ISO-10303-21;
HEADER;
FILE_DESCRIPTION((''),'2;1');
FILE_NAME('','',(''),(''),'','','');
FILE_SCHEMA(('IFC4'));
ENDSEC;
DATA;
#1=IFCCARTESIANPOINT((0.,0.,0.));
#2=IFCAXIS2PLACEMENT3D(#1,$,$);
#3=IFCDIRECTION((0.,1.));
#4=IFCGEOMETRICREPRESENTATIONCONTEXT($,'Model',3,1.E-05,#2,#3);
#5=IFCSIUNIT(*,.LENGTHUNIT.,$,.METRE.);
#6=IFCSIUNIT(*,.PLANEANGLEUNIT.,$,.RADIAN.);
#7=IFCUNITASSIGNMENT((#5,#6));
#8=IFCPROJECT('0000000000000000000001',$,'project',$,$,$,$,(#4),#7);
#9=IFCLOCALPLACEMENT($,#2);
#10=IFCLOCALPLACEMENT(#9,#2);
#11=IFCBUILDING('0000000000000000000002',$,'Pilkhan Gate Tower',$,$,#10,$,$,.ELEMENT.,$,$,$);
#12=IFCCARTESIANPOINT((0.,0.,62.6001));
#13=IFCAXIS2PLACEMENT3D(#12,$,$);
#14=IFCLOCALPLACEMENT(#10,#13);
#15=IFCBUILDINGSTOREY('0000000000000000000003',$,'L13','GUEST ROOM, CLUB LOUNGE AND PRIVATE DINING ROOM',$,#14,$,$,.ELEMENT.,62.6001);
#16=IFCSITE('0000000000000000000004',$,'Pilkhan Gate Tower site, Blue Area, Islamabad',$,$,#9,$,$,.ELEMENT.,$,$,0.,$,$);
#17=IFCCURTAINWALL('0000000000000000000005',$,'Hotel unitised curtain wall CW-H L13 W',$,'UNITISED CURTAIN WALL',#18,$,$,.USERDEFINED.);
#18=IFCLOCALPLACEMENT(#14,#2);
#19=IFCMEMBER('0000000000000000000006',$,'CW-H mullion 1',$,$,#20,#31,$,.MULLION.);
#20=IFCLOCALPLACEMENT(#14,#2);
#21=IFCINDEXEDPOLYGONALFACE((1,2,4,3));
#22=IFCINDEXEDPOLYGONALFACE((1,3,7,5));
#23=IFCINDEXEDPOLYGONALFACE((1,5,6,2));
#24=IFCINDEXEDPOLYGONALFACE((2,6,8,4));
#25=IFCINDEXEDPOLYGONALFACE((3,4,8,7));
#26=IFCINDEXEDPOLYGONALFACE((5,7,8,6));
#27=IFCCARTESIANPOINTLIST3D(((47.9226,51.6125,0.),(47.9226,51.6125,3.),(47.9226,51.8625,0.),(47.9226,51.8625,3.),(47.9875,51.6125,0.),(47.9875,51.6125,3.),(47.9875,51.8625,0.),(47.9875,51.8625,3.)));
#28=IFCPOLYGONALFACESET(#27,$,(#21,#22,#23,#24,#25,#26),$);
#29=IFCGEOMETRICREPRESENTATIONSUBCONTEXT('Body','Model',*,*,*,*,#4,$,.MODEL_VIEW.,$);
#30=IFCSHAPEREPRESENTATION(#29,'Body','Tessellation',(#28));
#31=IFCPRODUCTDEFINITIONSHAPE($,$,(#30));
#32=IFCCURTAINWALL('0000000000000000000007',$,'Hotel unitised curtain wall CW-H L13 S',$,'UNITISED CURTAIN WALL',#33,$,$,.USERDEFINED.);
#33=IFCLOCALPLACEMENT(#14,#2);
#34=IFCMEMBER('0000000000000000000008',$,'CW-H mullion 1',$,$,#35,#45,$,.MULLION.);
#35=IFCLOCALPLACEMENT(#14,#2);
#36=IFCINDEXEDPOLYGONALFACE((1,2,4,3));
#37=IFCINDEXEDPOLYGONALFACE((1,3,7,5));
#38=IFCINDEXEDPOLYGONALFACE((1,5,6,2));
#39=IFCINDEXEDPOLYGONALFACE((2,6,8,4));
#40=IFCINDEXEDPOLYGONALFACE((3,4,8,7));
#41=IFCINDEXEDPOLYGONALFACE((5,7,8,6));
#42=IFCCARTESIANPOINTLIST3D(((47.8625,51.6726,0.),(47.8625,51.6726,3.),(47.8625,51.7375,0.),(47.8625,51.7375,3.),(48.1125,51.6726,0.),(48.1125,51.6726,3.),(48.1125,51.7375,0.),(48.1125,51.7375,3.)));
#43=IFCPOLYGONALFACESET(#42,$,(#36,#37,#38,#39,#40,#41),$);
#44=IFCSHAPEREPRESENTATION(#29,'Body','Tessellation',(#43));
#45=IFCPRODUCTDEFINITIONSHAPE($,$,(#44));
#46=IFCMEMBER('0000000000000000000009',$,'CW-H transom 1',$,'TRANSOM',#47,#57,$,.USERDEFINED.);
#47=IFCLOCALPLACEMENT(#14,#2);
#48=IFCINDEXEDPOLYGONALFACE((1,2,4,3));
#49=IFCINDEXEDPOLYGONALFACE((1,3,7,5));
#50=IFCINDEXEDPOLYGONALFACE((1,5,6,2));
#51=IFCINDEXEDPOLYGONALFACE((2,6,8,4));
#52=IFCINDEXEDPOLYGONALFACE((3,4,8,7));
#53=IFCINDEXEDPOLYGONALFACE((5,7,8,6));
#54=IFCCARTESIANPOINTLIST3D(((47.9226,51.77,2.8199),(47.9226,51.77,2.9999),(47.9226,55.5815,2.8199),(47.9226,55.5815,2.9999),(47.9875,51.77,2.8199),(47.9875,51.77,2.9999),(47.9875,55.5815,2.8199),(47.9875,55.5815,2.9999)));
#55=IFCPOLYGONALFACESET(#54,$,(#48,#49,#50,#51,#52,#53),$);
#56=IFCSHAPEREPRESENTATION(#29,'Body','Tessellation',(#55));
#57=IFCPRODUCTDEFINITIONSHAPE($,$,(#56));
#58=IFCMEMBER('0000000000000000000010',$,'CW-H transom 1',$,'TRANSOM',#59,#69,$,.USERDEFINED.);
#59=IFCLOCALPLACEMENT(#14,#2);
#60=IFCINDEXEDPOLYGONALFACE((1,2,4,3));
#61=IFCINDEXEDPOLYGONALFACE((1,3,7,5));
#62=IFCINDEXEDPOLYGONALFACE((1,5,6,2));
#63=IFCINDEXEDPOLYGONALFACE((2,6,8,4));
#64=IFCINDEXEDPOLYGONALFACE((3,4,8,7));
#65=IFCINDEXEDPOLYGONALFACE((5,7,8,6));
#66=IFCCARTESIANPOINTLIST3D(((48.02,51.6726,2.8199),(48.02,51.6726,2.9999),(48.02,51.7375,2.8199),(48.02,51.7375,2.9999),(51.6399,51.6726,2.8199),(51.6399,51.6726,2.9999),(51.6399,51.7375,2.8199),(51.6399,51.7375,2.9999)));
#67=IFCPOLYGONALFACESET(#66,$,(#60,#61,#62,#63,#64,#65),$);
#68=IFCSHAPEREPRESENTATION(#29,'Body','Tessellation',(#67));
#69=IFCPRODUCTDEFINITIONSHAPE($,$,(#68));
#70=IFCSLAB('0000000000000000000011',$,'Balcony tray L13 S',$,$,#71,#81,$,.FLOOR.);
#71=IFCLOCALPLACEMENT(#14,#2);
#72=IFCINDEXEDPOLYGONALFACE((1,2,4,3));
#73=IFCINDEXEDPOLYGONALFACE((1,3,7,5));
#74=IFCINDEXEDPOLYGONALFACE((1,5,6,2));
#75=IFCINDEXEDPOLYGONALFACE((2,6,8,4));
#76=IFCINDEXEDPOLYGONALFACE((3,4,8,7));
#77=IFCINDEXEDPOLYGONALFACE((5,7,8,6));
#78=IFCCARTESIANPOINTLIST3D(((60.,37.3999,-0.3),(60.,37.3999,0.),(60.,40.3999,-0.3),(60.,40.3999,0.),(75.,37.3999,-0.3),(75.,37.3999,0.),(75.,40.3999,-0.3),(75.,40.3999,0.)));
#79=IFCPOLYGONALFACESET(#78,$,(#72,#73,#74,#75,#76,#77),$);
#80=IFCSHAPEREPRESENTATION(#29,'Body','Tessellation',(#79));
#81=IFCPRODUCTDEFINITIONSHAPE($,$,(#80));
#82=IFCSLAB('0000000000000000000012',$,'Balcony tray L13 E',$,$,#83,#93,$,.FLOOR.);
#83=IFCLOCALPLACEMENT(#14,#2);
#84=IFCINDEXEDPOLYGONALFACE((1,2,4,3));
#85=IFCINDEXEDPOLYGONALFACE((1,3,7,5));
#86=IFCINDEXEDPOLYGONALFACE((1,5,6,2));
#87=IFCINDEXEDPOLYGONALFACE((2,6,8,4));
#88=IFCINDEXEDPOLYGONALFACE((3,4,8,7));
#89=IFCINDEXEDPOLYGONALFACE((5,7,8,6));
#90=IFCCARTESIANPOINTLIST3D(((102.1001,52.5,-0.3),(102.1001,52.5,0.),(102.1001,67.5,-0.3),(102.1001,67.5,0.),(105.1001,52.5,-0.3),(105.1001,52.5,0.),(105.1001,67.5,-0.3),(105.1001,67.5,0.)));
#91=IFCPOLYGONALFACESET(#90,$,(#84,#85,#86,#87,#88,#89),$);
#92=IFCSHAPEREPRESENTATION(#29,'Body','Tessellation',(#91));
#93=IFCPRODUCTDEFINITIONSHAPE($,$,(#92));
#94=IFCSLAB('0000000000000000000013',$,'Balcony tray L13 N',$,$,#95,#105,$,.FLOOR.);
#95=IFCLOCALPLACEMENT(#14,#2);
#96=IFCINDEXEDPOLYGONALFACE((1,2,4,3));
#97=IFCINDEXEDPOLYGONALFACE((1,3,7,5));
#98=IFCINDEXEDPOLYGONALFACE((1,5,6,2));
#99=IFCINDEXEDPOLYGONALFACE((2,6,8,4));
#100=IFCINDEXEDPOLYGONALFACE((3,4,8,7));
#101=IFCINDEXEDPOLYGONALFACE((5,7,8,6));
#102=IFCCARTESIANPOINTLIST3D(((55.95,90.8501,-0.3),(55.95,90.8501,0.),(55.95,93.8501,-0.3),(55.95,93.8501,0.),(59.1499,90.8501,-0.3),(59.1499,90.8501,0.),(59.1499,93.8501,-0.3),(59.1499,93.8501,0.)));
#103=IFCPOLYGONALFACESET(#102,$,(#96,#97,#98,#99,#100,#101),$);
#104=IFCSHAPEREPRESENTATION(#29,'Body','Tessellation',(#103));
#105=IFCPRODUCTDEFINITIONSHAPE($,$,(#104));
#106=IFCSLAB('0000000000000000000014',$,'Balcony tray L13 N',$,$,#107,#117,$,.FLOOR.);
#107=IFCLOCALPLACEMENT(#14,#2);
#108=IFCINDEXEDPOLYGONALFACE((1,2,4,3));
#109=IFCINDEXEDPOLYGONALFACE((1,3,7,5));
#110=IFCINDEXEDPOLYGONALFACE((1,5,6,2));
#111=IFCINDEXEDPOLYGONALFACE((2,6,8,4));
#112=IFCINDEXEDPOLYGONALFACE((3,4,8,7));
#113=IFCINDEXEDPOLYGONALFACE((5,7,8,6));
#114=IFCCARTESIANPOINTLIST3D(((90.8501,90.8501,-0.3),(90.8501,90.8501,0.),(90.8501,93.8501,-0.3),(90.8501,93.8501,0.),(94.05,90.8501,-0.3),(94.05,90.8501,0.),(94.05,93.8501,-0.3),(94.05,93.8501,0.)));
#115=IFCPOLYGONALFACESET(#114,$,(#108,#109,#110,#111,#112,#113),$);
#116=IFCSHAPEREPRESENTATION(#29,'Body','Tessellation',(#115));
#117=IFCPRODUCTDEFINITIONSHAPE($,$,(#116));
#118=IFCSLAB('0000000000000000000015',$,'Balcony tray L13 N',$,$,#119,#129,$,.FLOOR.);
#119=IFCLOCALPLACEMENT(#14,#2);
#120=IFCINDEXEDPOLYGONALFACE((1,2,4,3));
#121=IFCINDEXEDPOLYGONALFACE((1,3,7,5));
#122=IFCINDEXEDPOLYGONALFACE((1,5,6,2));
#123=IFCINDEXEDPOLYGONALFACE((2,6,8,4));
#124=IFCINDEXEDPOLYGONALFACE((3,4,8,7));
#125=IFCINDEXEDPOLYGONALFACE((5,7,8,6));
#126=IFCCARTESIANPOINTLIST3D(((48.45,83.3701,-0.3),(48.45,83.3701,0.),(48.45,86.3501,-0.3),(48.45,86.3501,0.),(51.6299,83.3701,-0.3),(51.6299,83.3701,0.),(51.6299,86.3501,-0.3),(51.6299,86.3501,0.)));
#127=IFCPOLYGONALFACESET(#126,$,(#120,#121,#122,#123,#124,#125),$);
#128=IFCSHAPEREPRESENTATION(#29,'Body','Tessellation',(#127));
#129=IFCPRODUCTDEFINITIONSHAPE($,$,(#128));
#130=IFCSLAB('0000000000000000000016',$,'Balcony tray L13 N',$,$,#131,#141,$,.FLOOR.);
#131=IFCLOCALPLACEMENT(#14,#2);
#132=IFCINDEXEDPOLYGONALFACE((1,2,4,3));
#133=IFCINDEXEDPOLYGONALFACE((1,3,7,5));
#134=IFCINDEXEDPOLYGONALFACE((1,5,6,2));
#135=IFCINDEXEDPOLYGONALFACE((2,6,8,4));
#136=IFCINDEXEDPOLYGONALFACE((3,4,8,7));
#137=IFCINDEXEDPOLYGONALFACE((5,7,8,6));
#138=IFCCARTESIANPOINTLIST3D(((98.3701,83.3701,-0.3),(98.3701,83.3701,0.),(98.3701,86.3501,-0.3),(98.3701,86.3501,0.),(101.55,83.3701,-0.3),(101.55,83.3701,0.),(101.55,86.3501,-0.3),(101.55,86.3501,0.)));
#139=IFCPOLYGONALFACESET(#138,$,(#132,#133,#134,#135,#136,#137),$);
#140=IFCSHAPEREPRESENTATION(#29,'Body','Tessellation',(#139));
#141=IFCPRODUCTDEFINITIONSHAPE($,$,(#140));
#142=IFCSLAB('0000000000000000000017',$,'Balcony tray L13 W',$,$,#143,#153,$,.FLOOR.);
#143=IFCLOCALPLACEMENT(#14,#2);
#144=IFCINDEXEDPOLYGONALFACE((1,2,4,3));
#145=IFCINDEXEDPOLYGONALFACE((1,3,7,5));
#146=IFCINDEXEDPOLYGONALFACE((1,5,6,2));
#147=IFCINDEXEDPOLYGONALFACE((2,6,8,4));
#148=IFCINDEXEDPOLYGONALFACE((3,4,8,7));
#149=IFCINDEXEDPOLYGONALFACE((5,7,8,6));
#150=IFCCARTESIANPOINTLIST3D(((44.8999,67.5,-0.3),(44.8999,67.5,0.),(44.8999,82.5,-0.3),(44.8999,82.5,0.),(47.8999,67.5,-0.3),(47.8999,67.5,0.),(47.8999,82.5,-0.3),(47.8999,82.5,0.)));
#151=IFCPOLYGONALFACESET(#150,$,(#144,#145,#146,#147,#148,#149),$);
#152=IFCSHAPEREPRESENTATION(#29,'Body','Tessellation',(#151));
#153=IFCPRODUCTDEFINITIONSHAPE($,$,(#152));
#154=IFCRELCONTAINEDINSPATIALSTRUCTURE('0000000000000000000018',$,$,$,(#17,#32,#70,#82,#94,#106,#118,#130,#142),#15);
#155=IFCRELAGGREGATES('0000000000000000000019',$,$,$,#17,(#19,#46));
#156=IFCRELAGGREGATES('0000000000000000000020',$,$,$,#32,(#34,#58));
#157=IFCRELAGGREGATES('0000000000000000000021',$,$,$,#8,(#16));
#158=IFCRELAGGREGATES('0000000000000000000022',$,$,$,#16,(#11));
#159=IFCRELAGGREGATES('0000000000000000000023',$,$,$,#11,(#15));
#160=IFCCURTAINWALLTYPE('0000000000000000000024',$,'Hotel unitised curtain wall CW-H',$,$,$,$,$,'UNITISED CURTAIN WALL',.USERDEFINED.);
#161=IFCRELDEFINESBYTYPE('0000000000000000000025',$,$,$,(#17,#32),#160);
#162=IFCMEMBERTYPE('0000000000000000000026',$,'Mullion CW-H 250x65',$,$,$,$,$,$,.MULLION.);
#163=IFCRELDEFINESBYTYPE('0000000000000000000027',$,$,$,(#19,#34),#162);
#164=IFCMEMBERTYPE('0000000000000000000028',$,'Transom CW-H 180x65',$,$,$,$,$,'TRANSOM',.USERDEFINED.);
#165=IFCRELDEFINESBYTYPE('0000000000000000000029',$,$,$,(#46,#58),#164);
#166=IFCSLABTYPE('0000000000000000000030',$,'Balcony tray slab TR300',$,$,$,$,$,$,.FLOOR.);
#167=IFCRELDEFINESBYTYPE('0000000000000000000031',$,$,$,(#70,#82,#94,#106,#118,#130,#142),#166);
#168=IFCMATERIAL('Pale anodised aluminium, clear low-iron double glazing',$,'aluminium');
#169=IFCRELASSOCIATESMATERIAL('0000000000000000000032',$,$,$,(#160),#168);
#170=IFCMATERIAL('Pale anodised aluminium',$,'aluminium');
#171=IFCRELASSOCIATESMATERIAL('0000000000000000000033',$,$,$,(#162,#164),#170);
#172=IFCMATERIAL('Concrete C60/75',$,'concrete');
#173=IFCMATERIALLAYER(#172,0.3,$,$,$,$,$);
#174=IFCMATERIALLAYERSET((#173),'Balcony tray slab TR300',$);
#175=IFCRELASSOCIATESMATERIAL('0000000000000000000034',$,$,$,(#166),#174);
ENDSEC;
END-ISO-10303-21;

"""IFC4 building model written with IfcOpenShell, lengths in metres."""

from ifc_helpers import new_model, si_unit, direction, frame, origin, origin_2d, place, context, subcontext, project, spatial, polyline, rectangle, outline, extrude, material, layer, layer_set, material_profile, profile_set, type_object, element, aggregate, save


model = new_model("IFC4")

# Units and contexts
model_context = context("Model", 3, precision=1e-05, world=origin(), true_north=direction((0.0, 1.0)))
body_context = subcontext(model_context, "Body", "Model", "MODEL_VIEW")
ifc_project = project(units=[si_unit("LENGTHUNIT", "METRE"), si_unit("PLANEANGLEUNIT", "RADIAN")], contexts=[model_context])

# Site, building, storey
site_placement = place(None, origin())
site = spatial("IfcSite", under=ifc_project, at=site_placement, Name="Pilkhan Gate Tower site, Blue Area, Islamabad", CompositionType="ELEMENT", RefElevation=0.0)
building_placement = place(site_placement, origin())
building = spatial("IfcBuilding", under=site, at=building_placement, Name="Pilkhan Gate Tower", CompositionType="ELEMENT")
storey_placement = place(building_placement, frame((0.0, 0.0, 62.6001)))
storey = spatial("IfcBuildingStorey", under=building, at=storey_placement, Name="L13", Description="GUEST ROOM, CLUB LOUNGE AND PRIVATE DINING ROOM", CompositionType="ELEMENT", Elevation=62.6001)

# Curtain walls, members
ifc_material_1 = material(Name="Pale anodised aluminium, clear low-iron double glazing", Category="aluminium")
curtain_wall_type = type_object("IfcCurtainWallType", Name="Hotel unitised curtain wall CW-H", ElementType="UNITISED CURTAIN WALL", PredefinedType="USERDEFINED", material=ifc_material_1)
curtain_wall_1_placement = place(storey_placement, origin())
curtain_wall_1 = element("IfcCurtainWall", 1, at=curtain_wall_1_placement, inside=storey, type_object=curtain_wall_type, Name="Hotel unitised curtain wall CW-H L13 W", ObjectType="UNITISED CURTAIN WALL", PredefinedType="USERDEFINED")
ifc_material_2 = material(Name="Pale anodised aluminium", Category="aluminium")
ifc_material_profile_1 = material_profile(ifc_material_2, rectangle(XDim=0.0649, YDim=0.25, at=origin_2d()), Name="Mullion 250x65")
ifc_profile_set_1 = profile_set([ifc_material_profile_1], Name="Pale anodised aluminium")
member_type_1 = type_object("IfcMemberType", Name="Mullion CW-H 250x65", PredefinedType="MULLION", material=ifc_profile_set_1)
member_1_placement = place(storey_placement, frame((47.9551, 51.7375, 0.0), z_axis=(0.0, 0.0, 1.0), x_axis=(-1.0, 0.0, 0.0)))
member_1 = element("IfcMember", 2, at=member_1_placement, type_object=member_type_1, Name="CW-H mullion 1", PredefinedType="MULLION", context=body_context, shape_type="SweptSolid", body=[
    extrude(rectangle(XDim=0.0649, YDim=0.25, at=origin_2d()), origin(), (0.0, 0.0, 1.0), 3.0),
])
curtain_wall_2_placement = place(storey_placement, origin())
curtain_wall_2 = element("IfcCurtainWall", 3, at=curtain_wall_2_placement, inside=storey, type_object=curtain_wall_type, Name="Hotel unitised curtain wall CW-H L13 S", ObjectType="UNITISED CURTAIN WALL", PredefinedType="USERDEFINED")
member_2_placement = place(storey_placement, frame((47.9875, 51.7051, 0.0), z_axis=(0.0, 0.0, 1.0), x_axis=(0.0, 1.0, 0.0)))
member_2 = element("IfcMember", 4, at=member_2_placement, type_object=member_type_1, Name="CW-H mullion 1", PredefinedType="MULLION", context=body_context, shape_type="SweptSolid", body=[
    extrude(rectangle(XDim=0.0649, YDim=0.25, at=origin_2d()), origin(), (0.0, 0.0, 1.0), 3.0),
])

# Members
ifc_material_profile_2 = material_profile(ifc_material_2, rectangle(XDim=0.0649, YDim=0.1799, at=origin_2d()), Name="Transom 180x65")
ifc_profile_set_2 = profile_set([ifc_material_profile_2], Name="Pale anodised aluminium")
member_type_2 = type_object("IfcMemberType", Name="Transom CW-H 180x65", ElementType="TRANSOM", PredefinedType="USERDEFINED", material=ifc_profile_set_2)
member_3_placement = place(storey_placement, frame((47.9551, 51.77, 2.9099), z_axis=(0.0, 1.0, 0.0), x_axis=(-1.0, 0.0, 0.0)))
member_3 = element("IfcMember", 5, at=member_3_placement, type_object=member_type_2, Name="CW-H transom 1", ObjectType="TRANSOM", PredefinedType="USERDEFINED", context=body_context, shape_type="SweptSolid", body=[
    extrude(rectangle(XDim=0.0649, YDim=0.1799, at=origin_2d()), origin(), (0.0, 0.0, 1.0), 3.8115),
])
aggregate(curtain_wall_1, [member_1, member_3])
member_4_placement = place(storey_placement, frame((48.02, 51.7051, 2.9099), z_axis=(1.0, 0.0, 0.0), x_axis=(0.0, 1.0, 0.0)))
member_4 = element("IfcMember", 6, at=member_4_placement, type_object=member_type_2, Name="CW-H transom 1", ObjectType="TRANSOM", PredefinedType="USERDEFINED", context=body_context, shape_type="SweptSolid", body=[
    extrude(rectangle(XDim=0.0649, YDim=0.1799, at=origin_2d()), origin(), (0.0, 0.0, 1.0), 3.6199),
])
aggregate(curtain_wall_2, [member_2, member_4])

# Slabs
ifc_material_3 = material(Name="Concrete C60/75", Category="concrete")
ifc_layer_1 = layer(ifc_material_3, 0.3)
ifc_layer_set_1 = layer_set([ifc_layer_1], Name="Balcony tray slab TR300")
slab_type_1 = type_object("IfcSlabType", Name="Balcony tray slab TR300", PredefinedType="FLOOR", material=ifc_layer_set_1)
slab_1_placement = place(storey_placement, frame((0.0, 0.0, -0.3)))
element("IfcSlab", 7, at=slab_1_placement, inside=storey, type_object=slab_type_1, Name="Balcony tray L13 S", PredefinedType="FLOOR", context=body_context, shape_type="SweptSolid", body=[
    extrude(outline(polyline([(75.0, 37.3999), (75.0, 40.3999), (60.0, 40.3999), (60.0, 37.3999), (75.0, 37.3999)])), origin(), (0.0, 0.0, 1.0), 0.3),
])
slab_2_placement = place(storey_placement, frame((0.0, 0.0, -0.3)))
element("IfcSlab", 8, at=slab_2_placement, inside=storey, type_object=slab_type_1, Name="Balcony tray L13 E", PredefinedType="FLOOR", context=body_context, shape_type="SweptSolid", body=[
    extrude(outline(polyline([(105.1001, 52.5), (105.1001, 67.5), (102.1001, 67.5), (102.1001, 52.5), (105.1001, 52.5)])), origin(), (0.0, 0.0, 1.0), 0.3),
])
slab_3_placement = place(storey_placement, frame((0.0, 0.0, -0.3)))
element("IfcSlab", 9, at=slab_3_placement, inside=storey, type_object=slab_type_1, Name="Balcony tray L13 N", PredefinedType="FLOOR", context=body_context, shape_type="SweptSolid", body=[
    extrude(outline(polyline([(59.1499, 90.8501), (59.1499, 93.8501), (55.95, 93.8501), (55.95, 90.8501), (59.1499, 90.8501)])), origin(), (0.0, 0.0, 1.0), 0.3),
])
slab_4_placement = place(storey_placement, frame((0.0, 0.0, -0.3)))
element("IfcSlab", 10, at=slab_4_placement, inside=storey, type_object=slab_type_1, Name="Balcony tray L13 N", PredefinedType="FLOOR", context=body_context, shape_type="SweptSolid", body=[
    extrude(outline(polyline([(94.05, 90.8501), (94.05, 93.8501), (90.8501, 93.8501), (90.8501, 90.8501), (94.05, 90.8501)])), origin(), (0.0, 0.0, 1.0), 0.3),
])
slab_5_placement = place(storey_placement, frame((0.0, 0.0, -0.3)))
element("IfcSlab", 11, at=slab_5_placement, inside=storey, type_object=slab_type_1, Name="Balcony tray L13 N", PredefinedType="FLOOR", context=body_context, shape_type="SweptSolid", body=[
    extrude(outline(polyline([(51.6299, 83.3701), (51.6299, 86.3501), (48.45, 86.3501), (48.45, 83.3701), (51.6299, 83.3701)])), origin(), (0.0, 0.0, 1.0), 0.3),
])
slab_6_placement = place(storey_placement, frame((0.0, 0.0, -0.3)))
element("IfcSlab", 12, at=slab_6_placement, inside=storey, type_object=slab_type_1, Name="Balcony tray L13 N", PredefinedType="FLOOR", context=body_context, shape_type="SweptSolid", body=[
    extrude(outline(polyline([(101.55, 83.3701), (101.55, 86.3501), (98.3701, 86.3501), (98.3701, 83.3701), (101.55, 83.3701)])), origin(), (0.0, 0.0, 1.0), 0.3),
])
slab_7_placement = place(storey_placement, frame((0.0, 0.0, -0.3)))
element("IfcSlab", 13, at=slab_7_placement, inside=storey, type_object=slab_type_1, Name="Balcony tray L13 W", PredefinedType="FLOOR", context=body_context, shape_type="SweptSolid", body=[
    extrude(outline(polyline([(47.8999, 67.5), (47.8999, 82.5), (44.8999, 82.5), (44.8999, 67.5), (47.8999, 67.5)])), origin(), (0.0, 0.0, 1.0), 0.3),
])

save(model, "model.ifc")
